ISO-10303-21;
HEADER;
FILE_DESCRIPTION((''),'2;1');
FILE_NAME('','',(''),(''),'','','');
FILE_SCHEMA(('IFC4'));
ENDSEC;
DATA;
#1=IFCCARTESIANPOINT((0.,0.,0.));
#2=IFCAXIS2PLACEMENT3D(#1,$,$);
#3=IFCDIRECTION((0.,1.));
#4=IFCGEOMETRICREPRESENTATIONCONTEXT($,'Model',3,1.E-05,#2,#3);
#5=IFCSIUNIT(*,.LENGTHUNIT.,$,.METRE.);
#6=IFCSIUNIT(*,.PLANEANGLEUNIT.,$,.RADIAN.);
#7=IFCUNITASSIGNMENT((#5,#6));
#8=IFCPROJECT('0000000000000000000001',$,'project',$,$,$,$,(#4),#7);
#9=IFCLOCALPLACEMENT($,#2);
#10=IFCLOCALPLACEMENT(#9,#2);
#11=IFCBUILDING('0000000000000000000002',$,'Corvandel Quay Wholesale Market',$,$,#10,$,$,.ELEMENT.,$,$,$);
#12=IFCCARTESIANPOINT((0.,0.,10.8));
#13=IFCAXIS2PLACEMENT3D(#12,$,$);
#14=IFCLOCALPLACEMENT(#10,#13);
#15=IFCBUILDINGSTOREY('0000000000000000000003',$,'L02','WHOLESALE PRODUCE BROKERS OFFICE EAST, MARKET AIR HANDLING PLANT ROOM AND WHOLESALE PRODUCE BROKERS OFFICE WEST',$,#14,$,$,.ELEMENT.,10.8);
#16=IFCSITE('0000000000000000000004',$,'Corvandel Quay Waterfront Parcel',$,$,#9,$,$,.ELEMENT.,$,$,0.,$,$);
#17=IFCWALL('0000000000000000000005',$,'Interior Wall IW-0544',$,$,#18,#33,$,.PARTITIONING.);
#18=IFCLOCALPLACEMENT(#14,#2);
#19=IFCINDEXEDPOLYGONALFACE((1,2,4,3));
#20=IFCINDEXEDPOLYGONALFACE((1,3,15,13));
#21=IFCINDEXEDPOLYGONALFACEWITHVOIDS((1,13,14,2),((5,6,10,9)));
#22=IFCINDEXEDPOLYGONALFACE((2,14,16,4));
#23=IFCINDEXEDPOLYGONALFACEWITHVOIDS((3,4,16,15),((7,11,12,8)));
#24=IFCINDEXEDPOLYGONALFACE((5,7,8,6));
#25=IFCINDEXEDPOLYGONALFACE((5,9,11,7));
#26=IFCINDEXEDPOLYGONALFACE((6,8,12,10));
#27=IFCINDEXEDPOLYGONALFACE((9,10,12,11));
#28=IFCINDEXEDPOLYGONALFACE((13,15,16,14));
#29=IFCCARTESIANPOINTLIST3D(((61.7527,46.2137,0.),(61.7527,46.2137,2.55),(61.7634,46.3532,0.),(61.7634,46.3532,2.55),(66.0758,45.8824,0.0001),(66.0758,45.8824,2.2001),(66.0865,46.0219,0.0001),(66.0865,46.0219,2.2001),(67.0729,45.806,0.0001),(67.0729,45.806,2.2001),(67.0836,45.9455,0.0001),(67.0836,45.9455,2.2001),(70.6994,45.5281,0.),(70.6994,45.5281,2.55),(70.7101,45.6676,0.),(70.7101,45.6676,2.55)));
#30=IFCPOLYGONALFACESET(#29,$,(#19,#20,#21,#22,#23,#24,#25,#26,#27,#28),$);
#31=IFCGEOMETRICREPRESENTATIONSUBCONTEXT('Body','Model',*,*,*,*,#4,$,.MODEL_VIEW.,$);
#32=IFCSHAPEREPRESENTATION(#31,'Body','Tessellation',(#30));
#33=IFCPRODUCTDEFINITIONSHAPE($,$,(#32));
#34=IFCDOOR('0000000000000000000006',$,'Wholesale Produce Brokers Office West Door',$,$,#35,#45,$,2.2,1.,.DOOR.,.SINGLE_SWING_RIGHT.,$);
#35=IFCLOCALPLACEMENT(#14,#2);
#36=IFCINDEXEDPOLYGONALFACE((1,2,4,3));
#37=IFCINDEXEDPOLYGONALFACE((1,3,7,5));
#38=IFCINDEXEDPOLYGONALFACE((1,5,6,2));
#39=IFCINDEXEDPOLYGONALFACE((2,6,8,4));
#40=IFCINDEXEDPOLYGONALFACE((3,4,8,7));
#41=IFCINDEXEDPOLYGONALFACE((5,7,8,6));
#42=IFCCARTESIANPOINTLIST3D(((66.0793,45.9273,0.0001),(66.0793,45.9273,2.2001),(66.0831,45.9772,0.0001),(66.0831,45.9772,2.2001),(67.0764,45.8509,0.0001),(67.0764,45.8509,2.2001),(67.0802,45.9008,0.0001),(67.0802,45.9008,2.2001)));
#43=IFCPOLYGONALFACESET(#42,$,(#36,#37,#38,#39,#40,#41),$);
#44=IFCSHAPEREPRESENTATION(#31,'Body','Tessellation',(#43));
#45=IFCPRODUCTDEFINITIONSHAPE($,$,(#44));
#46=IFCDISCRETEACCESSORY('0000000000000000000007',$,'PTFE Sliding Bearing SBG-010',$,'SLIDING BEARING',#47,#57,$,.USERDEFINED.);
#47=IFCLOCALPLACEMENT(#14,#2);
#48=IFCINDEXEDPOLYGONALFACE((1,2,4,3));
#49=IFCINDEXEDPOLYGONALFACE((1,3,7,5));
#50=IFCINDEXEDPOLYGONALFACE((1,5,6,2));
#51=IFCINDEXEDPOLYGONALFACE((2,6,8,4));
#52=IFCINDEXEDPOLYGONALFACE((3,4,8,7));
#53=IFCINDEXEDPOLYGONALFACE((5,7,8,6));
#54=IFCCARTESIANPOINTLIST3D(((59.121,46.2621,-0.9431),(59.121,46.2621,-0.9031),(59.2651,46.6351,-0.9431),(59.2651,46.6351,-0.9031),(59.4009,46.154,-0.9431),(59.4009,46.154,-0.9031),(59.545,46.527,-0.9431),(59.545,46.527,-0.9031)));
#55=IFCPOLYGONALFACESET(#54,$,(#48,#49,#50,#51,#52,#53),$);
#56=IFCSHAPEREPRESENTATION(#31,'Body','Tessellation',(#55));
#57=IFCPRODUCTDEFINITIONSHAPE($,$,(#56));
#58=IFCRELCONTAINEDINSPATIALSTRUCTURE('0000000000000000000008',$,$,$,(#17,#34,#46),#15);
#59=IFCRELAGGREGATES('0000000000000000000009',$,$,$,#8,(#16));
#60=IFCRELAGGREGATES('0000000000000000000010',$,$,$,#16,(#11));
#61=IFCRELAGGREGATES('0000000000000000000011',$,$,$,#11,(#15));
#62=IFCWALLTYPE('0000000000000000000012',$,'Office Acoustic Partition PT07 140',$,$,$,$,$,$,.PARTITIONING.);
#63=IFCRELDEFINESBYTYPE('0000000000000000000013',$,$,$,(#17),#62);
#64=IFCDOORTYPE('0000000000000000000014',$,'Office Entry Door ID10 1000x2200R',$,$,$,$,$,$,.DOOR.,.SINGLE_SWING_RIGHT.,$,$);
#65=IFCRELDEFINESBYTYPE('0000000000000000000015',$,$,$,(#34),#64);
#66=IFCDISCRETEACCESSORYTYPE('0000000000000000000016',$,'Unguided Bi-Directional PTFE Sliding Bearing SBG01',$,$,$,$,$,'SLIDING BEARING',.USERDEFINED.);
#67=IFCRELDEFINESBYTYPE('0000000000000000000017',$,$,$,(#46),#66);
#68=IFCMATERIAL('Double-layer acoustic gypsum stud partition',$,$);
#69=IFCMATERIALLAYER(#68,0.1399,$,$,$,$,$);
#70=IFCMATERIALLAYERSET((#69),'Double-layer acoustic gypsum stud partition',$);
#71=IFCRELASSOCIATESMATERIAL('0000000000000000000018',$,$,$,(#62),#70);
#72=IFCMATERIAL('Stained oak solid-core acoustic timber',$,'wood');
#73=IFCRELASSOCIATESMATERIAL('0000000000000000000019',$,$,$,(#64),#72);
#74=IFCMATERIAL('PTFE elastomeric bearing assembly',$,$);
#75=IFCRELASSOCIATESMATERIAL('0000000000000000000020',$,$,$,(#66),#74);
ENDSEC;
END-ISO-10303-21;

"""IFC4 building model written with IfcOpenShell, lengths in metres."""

from ifc_helpers import new_model, si_unit, direction, frame, frame_2d, origin, origin_2d, place, context, subcontext, project, spatial, rectangle, extrude, material, layer, layer_set, type_object, element, fill, save


model = new_model("IFC4")

# Units and contexts
model_context = context("Model", 3, precision=1e-05, world=origin(), true_north=direction((0.0, 1.0)))
body_context = subcontext(model_context, "Body", "Model", "MODEL_VIEW")
ifc_project = project(units=[si_unit("LENGTHUNIT", "METRE"), si_unit("PLANEANGLEUNIT", "RADIAN")], contexts=[model_context])

# Site, building, storey
site_placement = place(None, origin())
site = spatial("IfcSite", under=ifc_project, at=site_placement, Name="Corvandel Quay Waterfront Parcel", CompositionType="ELEMENT", RefElevation=0.0)
building_placement = place(site_placement, origin())
building = spatial("IfcBuilding", under=site, at=building_placement, Name="Corvandel Quay Wholesale Market", CompositionType="ELEMENT")
storey_placement = place(building_placement, frame((0.0, 0.0, 10.8)))
storey = spatial("IfcBuildingStorey", under=building, at=storey_placement, Name="L02", Description="WHOLESALE PRODUCE BROKERS OFFICE EAST, MARKET AIR HANDLING PLANT ROOM AND WHOLESALE PRODUCE BROKERS OFFICE WEST", CompositionType="ELEMENT", Elevation=10.8)

# Wall, opening, door
ifc_material_1 = material(Name="Double-layer acoustic gypsum stud partition")
ifc_layer_1 = layer(ifc_material_1, 0.1399)
ifc_layer_set_1 = layer_set([ifc_layer_1], Name="Double-layer acoustic gypsum stud partition")
wall_type = type_object("IfcWallType", Name="Office Acoustic Partition PT07 140", PredefinedType="PARTITIONING", material=ifc_layer_set_1)
wall_placement = place(storey_placement, frame((70.7046, 45.5979, 0.0), z_axis=(0.0, 0.0, 1.0), x_axis=(-0.997077, 0.076401, 0.0)))
wall = element("IfcWall", 1, at=wall_placement, inside=storey, type_object=wall_type, Name="Interior Wall IW-0544", PredefinedType="PARTITIONING", context=body_context, shape_type="SweptSolid", body=[
    extrude(rectangle(XDim=8.9729, YDim=0.1399, at=frame_2d((4.4863, 0.0))), origin(), (0.0, 0.0, 1.0), 2.55),
])
opening_placement = place(wall_placement, frame((3.637, 0.0, 0.0)))
opening = element("IfcOpeningElement", 2, at=opening_placement, cuts=wall, PredefinedType="OPENING", context=body_context, shape_type="SweptSolid", body=[
    extrude(rectangle(XDim=1.0, YDim=2.2, at=frame_2d((0.5, 1.1001))), frame((0.0, 0.0798, 0.0), z_axis=(0.0, -1.0, 0.0), x_axis=(1.0, 0.0, 0.0)), (0.0, 0.0, 1.0), 0.1599),
])
ifc_material_2 = material(Name="Stained oak solid-core acoustic timber", Category="wood")
door_type = type_object("IfcDoorType", Name="Office Entry Door ID10 1000x2200R", OperationType="SINGLE_SWING_RIGHT", PredefinedType="DOOR", material=ifc_material_2)
door_placement = place(opening_placement, origin())
door = element("IfcDoor", 3, at=door_placement, inside=storey, type_object=door_type, Name="Wholesale Produce Brokers Office West Door", OperationType="SINGLE_SWING_RIGHT", OverallHeight=2.2, OverallWidth=1.0, PredefinedType="DOOR", context=body_context, shape_type="SweptSolid", body=[
    extrude(rectangle(XDim=1.0, YDim=2.2, at=frame_2d((0.5, 1.1001))), frame((0.0, 0.0249, 0.0), z_axis=(0.0, -1.0, 0.0), x_axis=(1.0, 0.0, 0.0)), (0.0, 0.0, 1.0), 0.05),
])
fill(opening, door)

# Discrete accessory
ifc_material_3 = material(Name="PTFE elastomeric bearing assembly")
discrete_accessory_type = type_object("IfcDiscreteAccessoryType", Name="Unguided Bi-Directional PTFE Sliding Bearing SBG01", ElementType="SLIDING BEARING", PredefinedType="USERDEFINED", material=ifc_material_3)
discrete_accessory_placement = place(storey_placement, frame((59.333, 46.3945, -0.9431), z_axis=(0.0, 0.0, 1.0), x_axis=(-0.932828, 0.360322, 0.0)))
element("IfcDiscreteAccessory", 4, at=discrete_accessory_placement, inside=storey, type_object=discrete_accessory_type, Name="PTFE Sliding Bearing SBG-010", ObjectType="SLIDING BEARING", PredefinedType="USERDEFINED", context=body_context, shape_type="SweptSolid", body=[
    extrude(rectangle(XDim=0.3, YDim=0.3999, at=origin_2d()), origin(), (0.0, 0.0, 1.0), 0.04),
])

save(model, "model.ifc")
